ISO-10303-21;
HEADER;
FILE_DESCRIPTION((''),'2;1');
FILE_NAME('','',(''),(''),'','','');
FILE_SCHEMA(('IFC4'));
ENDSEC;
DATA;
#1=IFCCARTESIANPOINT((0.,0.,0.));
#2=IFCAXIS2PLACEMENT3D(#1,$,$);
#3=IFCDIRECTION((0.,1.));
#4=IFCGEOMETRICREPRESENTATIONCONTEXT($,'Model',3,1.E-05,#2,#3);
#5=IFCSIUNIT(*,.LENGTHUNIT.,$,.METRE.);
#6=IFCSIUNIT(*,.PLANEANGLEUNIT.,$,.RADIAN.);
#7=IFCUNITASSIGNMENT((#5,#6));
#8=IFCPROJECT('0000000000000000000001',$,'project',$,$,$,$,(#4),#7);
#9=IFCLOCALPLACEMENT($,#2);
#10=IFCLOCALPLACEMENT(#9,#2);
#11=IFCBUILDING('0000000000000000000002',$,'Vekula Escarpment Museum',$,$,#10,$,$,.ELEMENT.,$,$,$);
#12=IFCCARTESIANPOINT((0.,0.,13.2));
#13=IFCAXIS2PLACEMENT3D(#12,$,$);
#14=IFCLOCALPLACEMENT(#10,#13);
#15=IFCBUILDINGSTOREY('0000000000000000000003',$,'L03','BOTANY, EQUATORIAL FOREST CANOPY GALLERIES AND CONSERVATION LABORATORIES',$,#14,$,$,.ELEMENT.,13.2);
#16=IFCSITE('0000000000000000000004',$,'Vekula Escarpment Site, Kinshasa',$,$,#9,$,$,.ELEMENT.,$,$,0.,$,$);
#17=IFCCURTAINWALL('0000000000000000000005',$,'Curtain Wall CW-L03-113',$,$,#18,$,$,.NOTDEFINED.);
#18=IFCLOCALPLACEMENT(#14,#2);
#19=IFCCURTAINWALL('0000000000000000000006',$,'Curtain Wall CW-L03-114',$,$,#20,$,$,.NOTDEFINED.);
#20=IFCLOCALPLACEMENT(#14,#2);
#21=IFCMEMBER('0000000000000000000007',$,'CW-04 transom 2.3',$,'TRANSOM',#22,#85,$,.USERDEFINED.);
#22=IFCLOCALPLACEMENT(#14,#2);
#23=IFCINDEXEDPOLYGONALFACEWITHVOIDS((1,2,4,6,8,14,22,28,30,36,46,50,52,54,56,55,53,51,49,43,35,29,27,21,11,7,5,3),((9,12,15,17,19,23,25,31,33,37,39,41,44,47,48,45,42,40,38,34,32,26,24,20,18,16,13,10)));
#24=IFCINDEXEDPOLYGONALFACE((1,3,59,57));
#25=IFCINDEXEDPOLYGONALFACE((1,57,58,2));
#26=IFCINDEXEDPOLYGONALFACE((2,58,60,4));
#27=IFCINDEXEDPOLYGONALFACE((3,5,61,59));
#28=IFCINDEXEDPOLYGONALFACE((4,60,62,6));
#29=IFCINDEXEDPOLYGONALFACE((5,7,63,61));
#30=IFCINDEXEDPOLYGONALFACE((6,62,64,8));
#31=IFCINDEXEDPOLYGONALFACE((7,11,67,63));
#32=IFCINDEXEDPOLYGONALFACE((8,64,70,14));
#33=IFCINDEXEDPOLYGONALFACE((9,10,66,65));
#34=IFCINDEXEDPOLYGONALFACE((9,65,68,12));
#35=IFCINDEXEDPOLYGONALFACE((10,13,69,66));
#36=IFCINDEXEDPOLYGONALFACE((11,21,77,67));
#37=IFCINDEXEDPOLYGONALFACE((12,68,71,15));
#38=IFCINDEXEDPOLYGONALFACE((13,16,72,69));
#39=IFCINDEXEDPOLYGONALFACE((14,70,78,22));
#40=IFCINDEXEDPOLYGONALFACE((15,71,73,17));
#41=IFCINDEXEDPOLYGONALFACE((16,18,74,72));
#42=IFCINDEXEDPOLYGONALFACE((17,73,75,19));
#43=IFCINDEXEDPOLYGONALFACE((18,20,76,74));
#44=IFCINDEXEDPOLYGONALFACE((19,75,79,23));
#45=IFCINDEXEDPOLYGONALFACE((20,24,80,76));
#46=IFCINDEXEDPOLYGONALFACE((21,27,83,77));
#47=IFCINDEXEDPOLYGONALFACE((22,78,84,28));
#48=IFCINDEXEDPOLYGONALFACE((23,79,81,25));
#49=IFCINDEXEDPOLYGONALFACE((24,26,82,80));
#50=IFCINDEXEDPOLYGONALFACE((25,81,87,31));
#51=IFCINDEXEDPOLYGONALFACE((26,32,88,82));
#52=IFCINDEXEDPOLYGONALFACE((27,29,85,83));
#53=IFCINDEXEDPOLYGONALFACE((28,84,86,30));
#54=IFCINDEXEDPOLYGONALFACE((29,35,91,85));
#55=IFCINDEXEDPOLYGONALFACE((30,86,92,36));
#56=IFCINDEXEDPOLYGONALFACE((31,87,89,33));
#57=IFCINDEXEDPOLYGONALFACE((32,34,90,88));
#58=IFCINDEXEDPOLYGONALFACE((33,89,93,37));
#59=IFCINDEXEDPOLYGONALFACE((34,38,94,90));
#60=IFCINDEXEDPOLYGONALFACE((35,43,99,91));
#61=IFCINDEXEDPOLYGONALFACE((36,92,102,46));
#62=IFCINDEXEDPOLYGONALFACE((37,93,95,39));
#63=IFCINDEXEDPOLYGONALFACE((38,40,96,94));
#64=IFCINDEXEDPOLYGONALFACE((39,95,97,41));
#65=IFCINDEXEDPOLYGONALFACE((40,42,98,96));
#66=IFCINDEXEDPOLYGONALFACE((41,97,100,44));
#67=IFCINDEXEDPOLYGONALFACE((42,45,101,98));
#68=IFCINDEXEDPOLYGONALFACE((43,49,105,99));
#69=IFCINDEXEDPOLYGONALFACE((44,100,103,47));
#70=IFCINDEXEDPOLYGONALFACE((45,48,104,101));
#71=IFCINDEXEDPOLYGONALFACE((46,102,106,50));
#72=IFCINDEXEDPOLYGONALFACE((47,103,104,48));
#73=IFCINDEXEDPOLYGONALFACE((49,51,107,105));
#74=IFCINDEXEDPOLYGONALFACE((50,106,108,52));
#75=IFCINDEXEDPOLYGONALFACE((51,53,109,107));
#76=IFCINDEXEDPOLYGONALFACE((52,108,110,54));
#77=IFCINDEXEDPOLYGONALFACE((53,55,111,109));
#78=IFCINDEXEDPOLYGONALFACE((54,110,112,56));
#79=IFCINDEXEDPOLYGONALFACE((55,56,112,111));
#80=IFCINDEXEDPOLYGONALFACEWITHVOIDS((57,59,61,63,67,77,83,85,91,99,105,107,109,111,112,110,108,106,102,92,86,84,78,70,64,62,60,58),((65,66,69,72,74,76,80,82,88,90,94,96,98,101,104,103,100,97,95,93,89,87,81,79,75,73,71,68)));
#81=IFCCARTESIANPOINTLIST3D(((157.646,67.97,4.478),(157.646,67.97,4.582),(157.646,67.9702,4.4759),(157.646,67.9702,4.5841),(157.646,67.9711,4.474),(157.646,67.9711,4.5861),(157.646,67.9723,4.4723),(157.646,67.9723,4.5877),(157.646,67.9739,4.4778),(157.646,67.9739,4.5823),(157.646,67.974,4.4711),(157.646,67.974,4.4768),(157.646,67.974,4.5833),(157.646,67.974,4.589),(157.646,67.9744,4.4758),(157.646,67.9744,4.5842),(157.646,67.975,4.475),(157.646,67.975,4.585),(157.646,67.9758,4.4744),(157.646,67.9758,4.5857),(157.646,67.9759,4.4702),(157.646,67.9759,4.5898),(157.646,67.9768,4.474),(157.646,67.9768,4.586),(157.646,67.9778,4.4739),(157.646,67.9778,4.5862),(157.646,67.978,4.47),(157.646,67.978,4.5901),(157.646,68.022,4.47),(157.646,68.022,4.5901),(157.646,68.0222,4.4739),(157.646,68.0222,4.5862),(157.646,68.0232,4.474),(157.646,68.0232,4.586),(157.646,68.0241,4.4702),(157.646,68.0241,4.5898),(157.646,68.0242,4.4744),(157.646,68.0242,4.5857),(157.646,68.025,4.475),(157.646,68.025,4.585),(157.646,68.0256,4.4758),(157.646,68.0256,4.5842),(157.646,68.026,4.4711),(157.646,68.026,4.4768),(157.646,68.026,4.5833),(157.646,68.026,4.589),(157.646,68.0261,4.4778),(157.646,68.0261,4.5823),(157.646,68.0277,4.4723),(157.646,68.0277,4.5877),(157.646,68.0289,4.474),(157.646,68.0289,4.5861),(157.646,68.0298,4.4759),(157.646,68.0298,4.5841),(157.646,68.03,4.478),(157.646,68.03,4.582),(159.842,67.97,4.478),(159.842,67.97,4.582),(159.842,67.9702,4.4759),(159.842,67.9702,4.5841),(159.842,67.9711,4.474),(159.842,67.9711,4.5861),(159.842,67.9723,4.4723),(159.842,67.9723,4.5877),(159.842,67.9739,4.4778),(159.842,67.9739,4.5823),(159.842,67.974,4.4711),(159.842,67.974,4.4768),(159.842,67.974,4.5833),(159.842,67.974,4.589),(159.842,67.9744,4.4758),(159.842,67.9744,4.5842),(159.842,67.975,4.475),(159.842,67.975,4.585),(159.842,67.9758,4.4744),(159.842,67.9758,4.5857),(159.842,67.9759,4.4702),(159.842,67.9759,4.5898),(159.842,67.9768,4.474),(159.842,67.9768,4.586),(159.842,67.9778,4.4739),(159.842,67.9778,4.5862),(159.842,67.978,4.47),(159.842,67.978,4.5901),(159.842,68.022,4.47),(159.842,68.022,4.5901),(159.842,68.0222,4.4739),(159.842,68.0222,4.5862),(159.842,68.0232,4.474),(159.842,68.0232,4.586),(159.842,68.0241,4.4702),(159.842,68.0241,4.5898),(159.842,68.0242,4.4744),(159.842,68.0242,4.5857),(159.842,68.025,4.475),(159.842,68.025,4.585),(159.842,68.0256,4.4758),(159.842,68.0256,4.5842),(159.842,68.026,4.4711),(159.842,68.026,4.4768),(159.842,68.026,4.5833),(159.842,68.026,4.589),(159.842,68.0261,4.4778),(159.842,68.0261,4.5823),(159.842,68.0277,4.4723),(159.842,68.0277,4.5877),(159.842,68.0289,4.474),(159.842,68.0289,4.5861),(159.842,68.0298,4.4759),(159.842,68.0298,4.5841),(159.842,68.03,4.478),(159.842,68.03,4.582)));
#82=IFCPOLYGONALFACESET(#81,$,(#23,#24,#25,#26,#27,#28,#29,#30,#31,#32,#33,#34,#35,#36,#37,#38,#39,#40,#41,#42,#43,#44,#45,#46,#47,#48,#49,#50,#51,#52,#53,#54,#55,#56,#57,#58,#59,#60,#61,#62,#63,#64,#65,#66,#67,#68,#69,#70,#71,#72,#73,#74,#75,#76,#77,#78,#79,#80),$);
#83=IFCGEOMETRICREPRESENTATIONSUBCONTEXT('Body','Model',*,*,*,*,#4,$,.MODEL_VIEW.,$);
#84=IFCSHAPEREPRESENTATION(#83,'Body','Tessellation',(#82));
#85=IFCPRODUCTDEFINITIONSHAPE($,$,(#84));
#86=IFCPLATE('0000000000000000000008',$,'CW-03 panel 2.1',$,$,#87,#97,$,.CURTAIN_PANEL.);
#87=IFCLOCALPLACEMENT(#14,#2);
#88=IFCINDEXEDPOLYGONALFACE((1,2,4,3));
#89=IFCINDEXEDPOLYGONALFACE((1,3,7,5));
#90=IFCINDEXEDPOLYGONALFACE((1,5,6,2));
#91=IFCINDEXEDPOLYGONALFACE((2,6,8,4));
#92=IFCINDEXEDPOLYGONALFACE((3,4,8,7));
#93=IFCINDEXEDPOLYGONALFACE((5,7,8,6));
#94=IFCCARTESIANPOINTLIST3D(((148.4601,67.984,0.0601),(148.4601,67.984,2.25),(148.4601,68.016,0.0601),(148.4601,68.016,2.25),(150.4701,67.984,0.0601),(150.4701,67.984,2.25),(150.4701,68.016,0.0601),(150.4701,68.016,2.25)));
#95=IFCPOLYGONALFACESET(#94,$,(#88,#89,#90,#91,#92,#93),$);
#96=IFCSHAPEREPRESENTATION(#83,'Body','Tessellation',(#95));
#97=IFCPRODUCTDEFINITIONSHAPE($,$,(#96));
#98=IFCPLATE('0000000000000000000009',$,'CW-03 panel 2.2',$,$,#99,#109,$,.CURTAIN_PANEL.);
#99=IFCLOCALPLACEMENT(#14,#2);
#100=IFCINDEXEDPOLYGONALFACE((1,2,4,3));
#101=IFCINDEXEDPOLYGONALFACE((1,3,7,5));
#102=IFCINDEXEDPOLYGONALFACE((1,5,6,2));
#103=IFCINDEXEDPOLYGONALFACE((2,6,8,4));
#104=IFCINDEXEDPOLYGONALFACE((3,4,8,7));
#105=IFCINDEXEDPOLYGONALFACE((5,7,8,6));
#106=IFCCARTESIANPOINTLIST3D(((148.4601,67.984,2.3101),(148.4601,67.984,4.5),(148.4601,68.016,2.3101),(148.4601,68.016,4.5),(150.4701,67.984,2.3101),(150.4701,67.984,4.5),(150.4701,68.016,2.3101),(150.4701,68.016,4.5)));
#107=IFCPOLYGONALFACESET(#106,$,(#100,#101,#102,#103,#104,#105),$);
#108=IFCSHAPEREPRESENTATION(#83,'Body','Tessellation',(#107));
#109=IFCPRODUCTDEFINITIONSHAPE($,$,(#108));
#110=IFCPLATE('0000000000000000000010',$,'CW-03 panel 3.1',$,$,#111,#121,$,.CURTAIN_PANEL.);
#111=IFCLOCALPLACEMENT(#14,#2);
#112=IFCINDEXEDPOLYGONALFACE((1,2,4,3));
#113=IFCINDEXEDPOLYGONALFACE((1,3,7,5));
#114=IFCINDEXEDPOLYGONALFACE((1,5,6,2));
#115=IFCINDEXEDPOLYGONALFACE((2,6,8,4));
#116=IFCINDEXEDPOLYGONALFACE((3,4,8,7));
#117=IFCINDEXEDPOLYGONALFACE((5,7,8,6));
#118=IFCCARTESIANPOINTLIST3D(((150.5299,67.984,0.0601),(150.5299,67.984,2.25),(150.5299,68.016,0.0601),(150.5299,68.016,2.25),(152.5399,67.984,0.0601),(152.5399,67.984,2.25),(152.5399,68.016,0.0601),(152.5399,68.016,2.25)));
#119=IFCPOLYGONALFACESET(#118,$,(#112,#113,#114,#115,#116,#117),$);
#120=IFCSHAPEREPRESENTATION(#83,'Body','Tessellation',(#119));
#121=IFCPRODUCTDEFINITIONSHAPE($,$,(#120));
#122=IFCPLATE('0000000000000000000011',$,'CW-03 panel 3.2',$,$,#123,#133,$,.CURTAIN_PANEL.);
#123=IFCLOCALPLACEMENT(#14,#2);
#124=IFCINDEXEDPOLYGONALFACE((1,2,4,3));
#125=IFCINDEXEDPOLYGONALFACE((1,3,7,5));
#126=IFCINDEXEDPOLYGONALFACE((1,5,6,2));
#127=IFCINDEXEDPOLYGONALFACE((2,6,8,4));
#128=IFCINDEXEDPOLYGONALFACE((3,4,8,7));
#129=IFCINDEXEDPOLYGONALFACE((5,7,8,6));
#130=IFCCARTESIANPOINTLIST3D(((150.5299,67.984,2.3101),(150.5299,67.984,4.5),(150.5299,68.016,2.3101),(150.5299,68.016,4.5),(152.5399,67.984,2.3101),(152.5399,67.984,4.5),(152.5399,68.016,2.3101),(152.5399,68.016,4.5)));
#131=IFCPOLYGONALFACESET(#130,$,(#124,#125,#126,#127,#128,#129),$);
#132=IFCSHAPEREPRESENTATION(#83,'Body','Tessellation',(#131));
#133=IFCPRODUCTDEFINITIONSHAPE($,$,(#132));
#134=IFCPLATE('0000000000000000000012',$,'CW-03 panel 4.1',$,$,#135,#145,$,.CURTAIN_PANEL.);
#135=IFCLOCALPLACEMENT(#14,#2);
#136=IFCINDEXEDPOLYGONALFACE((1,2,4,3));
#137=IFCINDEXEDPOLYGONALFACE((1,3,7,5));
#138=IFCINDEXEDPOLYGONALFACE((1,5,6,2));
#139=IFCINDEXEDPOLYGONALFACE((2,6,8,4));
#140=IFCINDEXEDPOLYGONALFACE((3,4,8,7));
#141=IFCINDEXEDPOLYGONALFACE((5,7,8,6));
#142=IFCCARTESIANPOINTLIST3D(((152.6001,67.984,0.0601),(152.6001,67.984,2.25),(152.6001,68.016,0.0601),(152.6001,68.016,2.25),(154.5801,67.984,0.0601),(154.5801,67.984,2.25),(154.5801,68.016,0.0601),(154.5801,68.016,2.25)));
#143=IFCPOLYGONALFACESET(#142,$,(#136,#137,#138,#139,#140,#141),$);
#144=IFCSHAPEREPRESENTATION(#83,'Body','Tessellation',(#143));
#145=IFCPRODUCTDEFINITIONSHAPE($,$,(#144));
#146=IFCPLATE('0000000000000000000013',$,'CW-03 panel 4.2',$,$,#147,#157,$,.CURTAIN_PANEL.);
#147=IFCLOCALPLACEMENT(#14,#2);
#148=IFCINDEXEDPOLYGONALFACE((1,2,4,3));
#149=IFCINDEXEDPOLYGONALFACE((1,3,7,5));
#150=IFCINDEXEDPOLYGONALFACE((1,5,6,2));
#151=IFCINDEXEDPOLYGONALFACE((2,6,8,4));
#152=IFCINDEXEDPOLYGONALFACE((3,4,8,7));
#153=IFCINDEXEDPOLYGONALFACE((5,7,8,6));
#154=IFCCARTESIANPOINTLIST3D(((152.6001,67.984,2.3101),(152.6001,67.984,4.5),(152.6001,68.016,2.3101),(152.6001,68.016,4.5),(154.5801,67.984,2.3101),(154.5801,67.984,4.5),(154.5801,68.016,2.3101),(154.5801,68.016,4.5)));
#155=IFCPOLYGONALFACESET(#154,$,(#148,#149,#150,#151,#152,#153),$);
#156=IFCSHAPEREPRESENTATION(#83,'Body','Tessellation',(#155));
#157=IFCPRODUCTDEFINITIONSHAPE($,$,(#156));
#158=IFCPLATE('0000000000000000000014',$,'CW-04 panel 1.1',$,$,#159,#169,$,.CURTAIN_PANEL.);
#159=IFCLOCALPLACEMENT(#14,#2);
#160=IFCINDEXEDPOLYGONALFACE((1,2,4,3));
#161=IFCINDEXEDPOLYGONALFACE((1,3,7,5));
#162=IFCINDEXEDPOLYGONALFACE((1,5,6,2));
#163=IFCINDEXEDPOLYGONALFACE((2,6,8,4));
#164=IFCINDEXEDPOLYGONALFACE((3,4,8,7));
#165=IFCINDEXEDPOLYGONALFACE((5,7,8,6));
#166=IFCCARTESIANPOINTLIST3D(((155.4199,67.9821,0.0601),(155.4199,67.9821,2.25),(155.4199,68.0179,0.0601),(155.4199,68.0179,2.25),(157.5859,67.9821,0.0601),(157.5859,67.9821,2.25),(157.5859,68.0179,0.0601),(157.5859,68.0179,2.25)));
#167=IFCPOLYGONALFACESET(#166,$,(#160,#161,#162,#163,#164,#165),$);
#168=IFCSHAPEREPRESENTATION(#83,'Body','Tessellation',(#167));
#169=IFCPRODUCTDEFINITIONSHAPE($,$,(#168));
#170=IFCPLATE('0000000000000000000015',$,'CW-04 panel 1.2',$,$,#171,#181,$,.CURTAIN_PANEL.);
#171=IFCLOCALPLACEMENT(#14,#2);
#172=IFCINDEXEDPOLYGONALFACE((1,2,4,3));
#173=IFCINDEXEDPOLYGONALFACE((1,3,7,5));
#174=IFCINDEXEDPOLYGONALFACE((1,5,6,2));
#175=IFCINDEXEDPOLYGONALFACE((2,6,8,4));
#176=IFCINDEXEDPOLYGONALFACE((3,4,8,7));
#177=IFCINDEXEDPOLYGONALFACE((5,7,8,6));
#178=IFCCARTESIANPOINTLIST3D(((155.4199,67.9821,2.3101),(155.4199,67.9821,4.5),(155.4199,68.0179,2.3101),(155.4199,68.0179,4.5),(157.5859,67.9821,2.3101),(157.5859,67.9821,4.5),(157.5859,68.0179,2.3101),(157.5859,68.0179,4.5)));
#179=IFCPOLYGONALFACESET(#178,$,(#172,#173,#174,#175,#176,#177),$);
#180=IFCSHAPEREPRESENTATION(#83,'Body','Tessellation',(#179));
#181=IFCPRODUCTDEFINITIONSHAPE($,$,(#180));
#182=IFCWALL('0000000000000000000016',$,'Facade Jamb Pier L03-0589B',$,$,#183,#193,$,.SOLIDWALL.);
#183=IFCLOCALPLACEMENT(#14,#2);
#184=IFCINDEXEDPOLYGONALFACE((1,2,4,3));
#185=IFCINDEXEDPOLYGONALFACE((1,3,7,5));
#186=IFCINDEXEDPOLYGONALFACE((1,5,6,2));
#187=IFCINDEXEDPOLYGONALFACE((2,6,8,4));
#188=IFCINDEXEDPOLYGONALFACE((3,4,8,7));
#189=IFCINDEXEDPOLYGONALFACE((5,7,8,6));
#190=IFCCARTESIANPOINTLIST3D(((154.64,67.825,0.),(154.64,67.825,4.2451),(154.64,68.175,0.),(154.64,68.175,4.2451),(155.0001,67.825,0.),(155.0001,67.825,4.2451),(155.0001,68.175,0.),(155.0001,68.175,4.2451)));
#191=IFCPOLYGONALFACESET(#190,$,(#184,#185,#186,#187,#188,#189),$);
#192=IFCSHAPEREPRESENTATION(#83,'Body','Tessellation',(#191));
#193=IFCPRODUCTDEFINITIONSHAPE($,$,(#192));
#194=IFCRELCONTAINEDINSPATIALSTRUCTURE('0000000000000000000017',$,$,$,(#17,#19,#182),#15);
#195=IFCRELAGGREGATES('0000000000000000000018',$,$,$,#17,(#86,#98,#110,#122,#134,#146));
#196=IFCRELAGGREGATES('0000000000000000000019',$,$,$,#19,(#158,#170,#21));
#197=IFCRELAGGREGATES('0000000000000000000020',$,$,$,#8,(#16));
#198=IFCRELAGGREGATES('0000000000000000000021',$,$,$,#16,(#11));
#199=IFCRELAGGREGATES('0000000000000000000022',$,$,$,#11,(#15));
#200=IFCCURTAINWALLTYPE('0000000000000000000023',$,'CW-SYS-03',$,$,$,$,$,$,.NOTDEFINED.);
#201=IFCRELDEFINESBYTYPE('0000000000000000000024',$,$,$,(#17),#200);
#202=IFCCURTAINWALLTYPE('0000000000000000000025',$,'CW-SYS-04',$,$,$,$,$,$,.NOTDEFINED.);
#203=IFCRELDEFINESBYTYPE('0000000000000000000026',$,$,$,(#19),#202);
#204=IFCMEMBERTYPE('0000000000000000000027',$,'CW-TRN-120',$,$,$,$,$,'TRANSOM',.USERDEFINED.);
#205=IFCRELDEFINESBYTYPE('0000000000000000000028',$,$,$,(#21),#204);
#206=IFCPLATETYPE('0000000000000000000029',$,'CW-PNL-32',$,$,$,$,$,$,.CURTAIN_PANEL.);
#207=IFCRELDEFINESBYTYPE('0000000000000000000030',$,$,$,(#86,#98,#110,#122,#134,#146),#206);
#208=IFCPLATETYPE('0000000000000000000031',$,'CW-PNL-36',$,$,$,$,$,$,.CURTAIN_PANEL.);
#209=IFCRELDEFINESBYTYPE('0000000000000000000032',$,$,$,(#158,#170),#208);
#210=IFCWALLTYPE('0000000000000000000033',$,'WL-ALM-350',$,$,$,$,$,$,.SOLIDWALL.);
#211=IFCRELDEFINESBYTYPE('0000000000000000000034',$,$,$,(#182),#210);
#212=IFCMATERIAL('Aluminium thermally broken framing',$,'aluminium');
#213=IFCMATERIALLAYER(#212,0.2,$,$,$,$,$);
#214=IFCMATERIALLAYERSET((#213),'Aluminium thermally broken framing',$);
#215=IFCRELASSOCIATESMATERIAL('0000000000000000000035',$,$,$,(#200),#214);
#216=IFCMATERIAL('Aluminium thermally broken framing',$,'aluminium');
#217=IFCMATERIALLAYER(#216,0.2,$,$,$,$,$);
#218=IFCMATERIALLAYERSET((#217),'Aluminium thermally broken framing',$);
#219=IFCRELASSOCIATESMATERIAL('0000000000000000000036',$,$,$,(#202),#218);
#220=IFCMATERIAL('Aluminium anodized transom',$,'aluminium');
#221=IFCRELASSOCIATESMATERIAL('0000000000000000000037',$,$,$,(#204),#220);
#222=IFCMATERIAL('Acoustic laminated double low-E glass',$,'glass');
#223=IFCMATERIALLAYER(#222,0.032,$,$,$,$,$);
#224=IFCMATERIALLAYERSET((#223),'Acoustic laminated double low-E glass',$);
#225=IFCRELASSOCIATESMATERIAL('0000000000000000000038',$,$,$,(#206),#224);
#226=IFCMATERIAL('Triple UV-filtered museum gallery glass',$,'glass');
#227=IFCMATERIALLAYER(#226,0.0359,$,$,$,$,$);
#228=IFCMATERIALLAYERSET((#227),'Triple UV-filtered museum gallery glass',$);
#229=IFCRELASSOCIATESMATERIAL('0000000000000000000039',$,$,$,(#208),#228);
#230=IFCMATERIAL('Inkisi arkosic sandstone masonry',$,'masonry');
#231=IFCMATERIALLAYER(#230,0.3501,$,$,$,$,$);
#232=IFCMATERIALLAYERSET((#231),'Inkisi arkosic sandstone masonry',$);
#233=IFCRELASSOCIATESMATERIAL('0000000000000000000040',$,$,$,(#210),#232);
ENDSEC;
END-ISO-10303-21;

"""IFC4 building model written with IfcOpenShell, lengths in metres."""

from ifc_helpers import new_model, si_unit, direction, frame, frame_2d, origin, origin_2d, place, context, subcontext, project, spatial, rectangle, hollow_rectangle, extrude, material, layer, layer_set, material_profile, profile_set, type_object, element, aggregate, save


model = new_model("IFC4")

# Units and contexts
model_context = context("Model", 3, precision=1e-05, world=origin(), true_north=direction((0.0, 1.0)))
body_context = subcontext(model_context, "Body", "Model", "MODEL_VIEW")
ifc_project = project(units=[si_unit("LENGTHUNIT", "METRE"), si_unit("PLANEANGLEUNIT", "RADIAN")], contexts=[model_context])

# Site, building, storey
site_placement = place(None, origin())
site = spatial("IfcSite", under=ifc_project, at=site_placement, Name="Vekula Escarpment Site, Kinshasa", CompositionType="ELEMENT", RefElevation=0.0)
building_placement = place(site_placement, origin())
building = spatial("IfcBuilding", under=site, at=building_placement, Name="Vekula Escarpment Museum", CompositionType="ELEMENT")
storey_placement = place(building_placement, frame((0.0, 0.0, 13.2)))
storey = spatial("IfcBuildingStorey", under=building, at=storey_placement, Name="L03", Description="BOTANY, EQUATORIAL FOREST CANOPY GALLERIES AND CONSERVATION LABORATORIES", CompositionType="ELEMENT", Elevation=13.2)

# Curtain walls
ifc_material_1 = material(Name="Aluminium thermally broken framing", Category="aluminium")
ifc_layer_1 = layer(ifc_material_1, 0.2)
ifc_layer_set_1 = layer_set([ifc_layer_1], Name="Aluminium thermally broken framing")
curtain_wall_type_1 = type_object("IfcCurtainWallType", Name="CW-SYS-03", PredefinedType="NOTDEFINED", material=ifc_layer_set_1)
curtain_wall_1_placement = place(storey_placement, origin())
curtain_wall_1 = element("IfcCurtainWall", 1, at=curtain_wall_1_placement, inside=storey, type_object=curtain_wall_type_1, Name="Curtain Wall CW-L03-113", PredefinedType="NOTDEFINED")
ifc_material_2 = material(Name="Aluminium thermally broken framing", Category="aluminium")
ifc_layer_2 = layer(ifc_material_2, 0.2)
ifc_layer_set_2 = layer_set([ifc_layer_2], Name="Aluminium thermally broken framing")
curtain_wall_type_2 = type_object("IfcCurtainWallType", Name="CW-SYS-04", PredefinedType="NOTDEFINED", material=ifc_layer_set_2)
curtain_wall_2_placement = place(storey_placement, origin())
curtain_wall_2 = element("IfcCurtainWall", 2, at=curtain_wall_2_placement, inside=storey, type_object=curtain_wall_type_2, Name="Curtain Wall CW-L03-114", PredefinedType="NOTDEFINED")

# Member
ifc_material_3 = material(Name="Aluminium anodized transom", Category="aluminium")
ifc_material_profile_1 = material_profile(ifc_material_3, hollow_rectangle(XDim=0.0601, YDim=0.1201, WallThickness=0.0039, InnerFilletRadius=0.0039, OuterFilletRadius=0.0081, at=origin_2d()), Name="ALU 120x60x4")
ifc_profile_set_1 = profile_set([ifc_material_profile_1], Name="Aluminium anodized transom")
member_type_1 = type_object("IfcMemberType", Name="CW-TRN-120", ElementType="TRANSOM", PredefinedType="USERDEFINED", material=ifc_profile_set_1)
member_1_placement = place(storey_placement, frame((157.646, 68.0, 4.53), z_axis=(1.0, 0.0, 0.0), x_axis=(0.0, 1.0, 0.0)))
member_1 = element("IfcMember", 3, at=member_1_placement, type_object=member_type_1, Name="CW-04 transom 2.3", ObjectType="TRANSOM", PredefinedType="USERDEFINED", context=body_context, shape_type="SweptSolid", body=[
    extrude(hollow_rectangle(XDim=0.0601, YDim=0.1201, WallThickness=0.0039, InnerFilletRadius=0.0039, OuterFilletRadius=0.0081, at=origin_2d()), origin(), (0.0, 0.0, 1.0), 2.196),
])

# Plates
ifc_material_4 = material(Name="Acoustic laminated double low-E glass", Category="glass")
ifc_layer_3 = layer(ifc_material_4, 0.032)
ifc_layer_set_3 = layer_set([ifc_layer_3], Name="Acoustic laminated double low-E glass")
plate_type_1 = type_object("IfcPlateType", Name="CW-PNL-32", PredefinedType="CURTAIN_PANEL", material=ifc_layer_set_3)
plate_1_placement = place(storey_placement, frame((149.4651, 68.0, 0.0601), z_axis=(0.0, 0.0, 1.0), x_axis=(1.0, 0.0, 0.0)))
plate_1 = element("IfcPlate", 4, at=plate_1_placement, type_object=plate_type_1, Name="CW-03 panel 2.1", PredefinedType="CURTAIN_PANEL", context=body_context, shape_type="SweptSolid", body=[
    extrude(rectangle(XDim=2.01, YDim=0.032, at=origin_2d()), origin(), (0.0, 0.0, 1.0), 2.1899),
])
plate_2_placement = place(storey_placement, frame((149.4651, 68.0, 2.3101), z_axis=(0.0, 0.0, 1.0), x_axis=(1.0, 0.0, 0.0)))
plate_2 = element("IfcPlate", 5, at=plate_2_placement, type_object=plate_type_1, Name="CW-03 panel 2.2", PredefinedType="CURTAIN_PANEL", context=body_context, shape_type="SweptSolid", body=[
    extrude(rectangle(XDim=2.01, YDim=0.032, at=origin_2d()), origin(), (0.0, 0.0, 1.0), 2.1899),
])
plate_3_placement = place(storey_placement, frame((151.5349, 68.0, 0.0601), z_axis=(0.0, 0.0, 1.0), x_axis=(1.0, 0.0, 0.0)))
plate_3 = element("IfcPlate", 6, at=plate_3_placement, type_object=plate_type_1, Name="CW-03 panel 3.1", PredefinedType="CURTAIN_PANEL", context=body_context, shape_type="SweptSolid", body=[
    extrude(rectangle(XDim=2.01, YDim=0.032, at=origin_2d()), origin(), (0.0, 0.0, 1.0), 2.1899),
])
plate_4_placement = place(storey_placement, frame((151.5349, 68.0, 2.3101), z_axis=(0.0, 0.0, 1.0), x_axis=(1.0, 0.0, 0.0)))
plate_4 = element("IfcPlate", 7, at=plate_4_placement, type_object=plate_type_1, Name="CW-03 panel 3.2", PredefinedType="CURTAIN_PANEL", context=body_context, shape_type="SweptSolid", body=[
    extrude(rectangle(XDim=2.01, YDim=0.032, at=origin_2d()), origin(), (0.0, 0.0, 1.0), 2.1899),
])
plate_5_placement = place(storey_placement, frame((153.5901, 68.0, 0.0601), z_axis=(0.0, 0.0, 1.0), x_axis=(1.0, 0.0, 0.0)))
plate_5 = element("IfcPlate", 8, at=plate_5_placement, type_object=plate_type_1, Name="CW-03 panel 4.1", PredefinedType="CURTAIN_PANEL", context=body_context, shape_type="SweptSolid", body=[
    extrude(rectangle(XDim=1.98, YDim=0.032, at=origin_2d()), origin(), (0.0, 0.0, 1.0), 2.1899),
])
plate_6_placement = place(storey_placement, frame((153.5901, 68.0, 2.3101), z_axis=(0.0, 0.0, 1.0), x_axis=(1.0, 0.0, 0.0)))
plate_6 = element("IfcPlate", 9, at=plate_6_placement, type_object=plate_type_1, Name="CW-03 panel 4.2", PredefinedType="CURTAIN_PANEL", context=body_context, shape_type="SweptSolid", body=[
    extrude(rectangle(XDim=1.98, YDim=0.032, at=origin_2d()), origin(), (0.0, 0.0, 1.0), 2.1899),
])
aggregate(curtain_wall_1, [plate_1, plate_2, plate_3, plate_4, plate_5, plate_6])
ifc_material_5 = material(Name="Triple UV-filtered museum gallery glass", Category="glass")
ifc_layer_4 = layer(ifc_material_5, 0.0359)
ifc_layer_set_4 = layer_set([ifc_layer_4], Name="Triple UV-filtered museum gallery glass")
plate_type_2 = type_object("IfcPlateType", Name="CW-PNL-36", PredefinedType="CURTAIN_PANEL", material=ifc_layer_set_4)
plate_7_placement = place(storey_placement, frame((156.5029, 68.0, 0.0601), z_axis=(0.0, 0.0, 1.0), x_axis=(1.0, 0.0, 0.0)))
plate_7 = element("IfcPlate", 10, at=plate_7_placement, type_object=plate_type_2, Name="CW-04 panel 1.1", PredefinedType="CURTAIN_PANEL", context=body_context, shape_type="SweptSolid", body=[
    extrude(rectangle(XDim=2.166, YDim=0.0359, at=origin_2d()), origin(), (0.0, 0.0, 1.0), 2.1899),
])
plate_8_placement = place(storey_placement, frame((156.5029, 68.0, 2.3101), z_axis=(0.0, 0.0, 1.0), x_axis=(1.0, 0.0, 0.0)))
plate_8 = element("IfcPlate", 11, at=plate_8_placement, type_object=plate_type_2, Name="CW-04 panel 1.2", PredefinedType="CURTAIN_PANEL", context=body_context, shape_type="SweptSolid", body=[
    extrude(rectangle(XDim=2.166, YDim=0.0359, at=origin_2d()), origin(), (0.0, 0.0, 1.0), 2.1899),
])
aggregate(curtain_wall_2, [plate_7, plate_8, member_1])

# Wall
ifc_material_6 = material(Name="Inkisi arkosic sandstone masonry", Category="masonry")
ifc_layer_5 = layer(ifc_material_6, 0.3501)
ifc_layer_set_5 = layer_set([ifc_layer_5], Name="Inkisi arkosic sandstone masonry")
wall_type = type_object("IfcWallType", Name="WL-ALM-350", PredefinedType="SOLIDWALL", material=ifc_layer_set_5)
wall_1_placement = place(storey_placement, frame((154.6399, 68.0, 0.0), z_axis=(0.0, 0.0, 1.0), x_axis=(1.0, 0.0, 0.0)))
element("IfcWall", 12, at=wall_1_placement, inside=storey, type_object=wall_type, Name="Facade Jamb Pier L03-0589B", PredefinedType="SOLIDWALL", context=body_context, shape_type="SweptSolid", body=[
    extrude(rectangle(XDim=0.3601, YDim=0.3501, at=frame_2d((0.1802, 0.0))), origin(), (0.0, 0.0, 1.0), 4.2451),
])

save(model, "model.ifc")
